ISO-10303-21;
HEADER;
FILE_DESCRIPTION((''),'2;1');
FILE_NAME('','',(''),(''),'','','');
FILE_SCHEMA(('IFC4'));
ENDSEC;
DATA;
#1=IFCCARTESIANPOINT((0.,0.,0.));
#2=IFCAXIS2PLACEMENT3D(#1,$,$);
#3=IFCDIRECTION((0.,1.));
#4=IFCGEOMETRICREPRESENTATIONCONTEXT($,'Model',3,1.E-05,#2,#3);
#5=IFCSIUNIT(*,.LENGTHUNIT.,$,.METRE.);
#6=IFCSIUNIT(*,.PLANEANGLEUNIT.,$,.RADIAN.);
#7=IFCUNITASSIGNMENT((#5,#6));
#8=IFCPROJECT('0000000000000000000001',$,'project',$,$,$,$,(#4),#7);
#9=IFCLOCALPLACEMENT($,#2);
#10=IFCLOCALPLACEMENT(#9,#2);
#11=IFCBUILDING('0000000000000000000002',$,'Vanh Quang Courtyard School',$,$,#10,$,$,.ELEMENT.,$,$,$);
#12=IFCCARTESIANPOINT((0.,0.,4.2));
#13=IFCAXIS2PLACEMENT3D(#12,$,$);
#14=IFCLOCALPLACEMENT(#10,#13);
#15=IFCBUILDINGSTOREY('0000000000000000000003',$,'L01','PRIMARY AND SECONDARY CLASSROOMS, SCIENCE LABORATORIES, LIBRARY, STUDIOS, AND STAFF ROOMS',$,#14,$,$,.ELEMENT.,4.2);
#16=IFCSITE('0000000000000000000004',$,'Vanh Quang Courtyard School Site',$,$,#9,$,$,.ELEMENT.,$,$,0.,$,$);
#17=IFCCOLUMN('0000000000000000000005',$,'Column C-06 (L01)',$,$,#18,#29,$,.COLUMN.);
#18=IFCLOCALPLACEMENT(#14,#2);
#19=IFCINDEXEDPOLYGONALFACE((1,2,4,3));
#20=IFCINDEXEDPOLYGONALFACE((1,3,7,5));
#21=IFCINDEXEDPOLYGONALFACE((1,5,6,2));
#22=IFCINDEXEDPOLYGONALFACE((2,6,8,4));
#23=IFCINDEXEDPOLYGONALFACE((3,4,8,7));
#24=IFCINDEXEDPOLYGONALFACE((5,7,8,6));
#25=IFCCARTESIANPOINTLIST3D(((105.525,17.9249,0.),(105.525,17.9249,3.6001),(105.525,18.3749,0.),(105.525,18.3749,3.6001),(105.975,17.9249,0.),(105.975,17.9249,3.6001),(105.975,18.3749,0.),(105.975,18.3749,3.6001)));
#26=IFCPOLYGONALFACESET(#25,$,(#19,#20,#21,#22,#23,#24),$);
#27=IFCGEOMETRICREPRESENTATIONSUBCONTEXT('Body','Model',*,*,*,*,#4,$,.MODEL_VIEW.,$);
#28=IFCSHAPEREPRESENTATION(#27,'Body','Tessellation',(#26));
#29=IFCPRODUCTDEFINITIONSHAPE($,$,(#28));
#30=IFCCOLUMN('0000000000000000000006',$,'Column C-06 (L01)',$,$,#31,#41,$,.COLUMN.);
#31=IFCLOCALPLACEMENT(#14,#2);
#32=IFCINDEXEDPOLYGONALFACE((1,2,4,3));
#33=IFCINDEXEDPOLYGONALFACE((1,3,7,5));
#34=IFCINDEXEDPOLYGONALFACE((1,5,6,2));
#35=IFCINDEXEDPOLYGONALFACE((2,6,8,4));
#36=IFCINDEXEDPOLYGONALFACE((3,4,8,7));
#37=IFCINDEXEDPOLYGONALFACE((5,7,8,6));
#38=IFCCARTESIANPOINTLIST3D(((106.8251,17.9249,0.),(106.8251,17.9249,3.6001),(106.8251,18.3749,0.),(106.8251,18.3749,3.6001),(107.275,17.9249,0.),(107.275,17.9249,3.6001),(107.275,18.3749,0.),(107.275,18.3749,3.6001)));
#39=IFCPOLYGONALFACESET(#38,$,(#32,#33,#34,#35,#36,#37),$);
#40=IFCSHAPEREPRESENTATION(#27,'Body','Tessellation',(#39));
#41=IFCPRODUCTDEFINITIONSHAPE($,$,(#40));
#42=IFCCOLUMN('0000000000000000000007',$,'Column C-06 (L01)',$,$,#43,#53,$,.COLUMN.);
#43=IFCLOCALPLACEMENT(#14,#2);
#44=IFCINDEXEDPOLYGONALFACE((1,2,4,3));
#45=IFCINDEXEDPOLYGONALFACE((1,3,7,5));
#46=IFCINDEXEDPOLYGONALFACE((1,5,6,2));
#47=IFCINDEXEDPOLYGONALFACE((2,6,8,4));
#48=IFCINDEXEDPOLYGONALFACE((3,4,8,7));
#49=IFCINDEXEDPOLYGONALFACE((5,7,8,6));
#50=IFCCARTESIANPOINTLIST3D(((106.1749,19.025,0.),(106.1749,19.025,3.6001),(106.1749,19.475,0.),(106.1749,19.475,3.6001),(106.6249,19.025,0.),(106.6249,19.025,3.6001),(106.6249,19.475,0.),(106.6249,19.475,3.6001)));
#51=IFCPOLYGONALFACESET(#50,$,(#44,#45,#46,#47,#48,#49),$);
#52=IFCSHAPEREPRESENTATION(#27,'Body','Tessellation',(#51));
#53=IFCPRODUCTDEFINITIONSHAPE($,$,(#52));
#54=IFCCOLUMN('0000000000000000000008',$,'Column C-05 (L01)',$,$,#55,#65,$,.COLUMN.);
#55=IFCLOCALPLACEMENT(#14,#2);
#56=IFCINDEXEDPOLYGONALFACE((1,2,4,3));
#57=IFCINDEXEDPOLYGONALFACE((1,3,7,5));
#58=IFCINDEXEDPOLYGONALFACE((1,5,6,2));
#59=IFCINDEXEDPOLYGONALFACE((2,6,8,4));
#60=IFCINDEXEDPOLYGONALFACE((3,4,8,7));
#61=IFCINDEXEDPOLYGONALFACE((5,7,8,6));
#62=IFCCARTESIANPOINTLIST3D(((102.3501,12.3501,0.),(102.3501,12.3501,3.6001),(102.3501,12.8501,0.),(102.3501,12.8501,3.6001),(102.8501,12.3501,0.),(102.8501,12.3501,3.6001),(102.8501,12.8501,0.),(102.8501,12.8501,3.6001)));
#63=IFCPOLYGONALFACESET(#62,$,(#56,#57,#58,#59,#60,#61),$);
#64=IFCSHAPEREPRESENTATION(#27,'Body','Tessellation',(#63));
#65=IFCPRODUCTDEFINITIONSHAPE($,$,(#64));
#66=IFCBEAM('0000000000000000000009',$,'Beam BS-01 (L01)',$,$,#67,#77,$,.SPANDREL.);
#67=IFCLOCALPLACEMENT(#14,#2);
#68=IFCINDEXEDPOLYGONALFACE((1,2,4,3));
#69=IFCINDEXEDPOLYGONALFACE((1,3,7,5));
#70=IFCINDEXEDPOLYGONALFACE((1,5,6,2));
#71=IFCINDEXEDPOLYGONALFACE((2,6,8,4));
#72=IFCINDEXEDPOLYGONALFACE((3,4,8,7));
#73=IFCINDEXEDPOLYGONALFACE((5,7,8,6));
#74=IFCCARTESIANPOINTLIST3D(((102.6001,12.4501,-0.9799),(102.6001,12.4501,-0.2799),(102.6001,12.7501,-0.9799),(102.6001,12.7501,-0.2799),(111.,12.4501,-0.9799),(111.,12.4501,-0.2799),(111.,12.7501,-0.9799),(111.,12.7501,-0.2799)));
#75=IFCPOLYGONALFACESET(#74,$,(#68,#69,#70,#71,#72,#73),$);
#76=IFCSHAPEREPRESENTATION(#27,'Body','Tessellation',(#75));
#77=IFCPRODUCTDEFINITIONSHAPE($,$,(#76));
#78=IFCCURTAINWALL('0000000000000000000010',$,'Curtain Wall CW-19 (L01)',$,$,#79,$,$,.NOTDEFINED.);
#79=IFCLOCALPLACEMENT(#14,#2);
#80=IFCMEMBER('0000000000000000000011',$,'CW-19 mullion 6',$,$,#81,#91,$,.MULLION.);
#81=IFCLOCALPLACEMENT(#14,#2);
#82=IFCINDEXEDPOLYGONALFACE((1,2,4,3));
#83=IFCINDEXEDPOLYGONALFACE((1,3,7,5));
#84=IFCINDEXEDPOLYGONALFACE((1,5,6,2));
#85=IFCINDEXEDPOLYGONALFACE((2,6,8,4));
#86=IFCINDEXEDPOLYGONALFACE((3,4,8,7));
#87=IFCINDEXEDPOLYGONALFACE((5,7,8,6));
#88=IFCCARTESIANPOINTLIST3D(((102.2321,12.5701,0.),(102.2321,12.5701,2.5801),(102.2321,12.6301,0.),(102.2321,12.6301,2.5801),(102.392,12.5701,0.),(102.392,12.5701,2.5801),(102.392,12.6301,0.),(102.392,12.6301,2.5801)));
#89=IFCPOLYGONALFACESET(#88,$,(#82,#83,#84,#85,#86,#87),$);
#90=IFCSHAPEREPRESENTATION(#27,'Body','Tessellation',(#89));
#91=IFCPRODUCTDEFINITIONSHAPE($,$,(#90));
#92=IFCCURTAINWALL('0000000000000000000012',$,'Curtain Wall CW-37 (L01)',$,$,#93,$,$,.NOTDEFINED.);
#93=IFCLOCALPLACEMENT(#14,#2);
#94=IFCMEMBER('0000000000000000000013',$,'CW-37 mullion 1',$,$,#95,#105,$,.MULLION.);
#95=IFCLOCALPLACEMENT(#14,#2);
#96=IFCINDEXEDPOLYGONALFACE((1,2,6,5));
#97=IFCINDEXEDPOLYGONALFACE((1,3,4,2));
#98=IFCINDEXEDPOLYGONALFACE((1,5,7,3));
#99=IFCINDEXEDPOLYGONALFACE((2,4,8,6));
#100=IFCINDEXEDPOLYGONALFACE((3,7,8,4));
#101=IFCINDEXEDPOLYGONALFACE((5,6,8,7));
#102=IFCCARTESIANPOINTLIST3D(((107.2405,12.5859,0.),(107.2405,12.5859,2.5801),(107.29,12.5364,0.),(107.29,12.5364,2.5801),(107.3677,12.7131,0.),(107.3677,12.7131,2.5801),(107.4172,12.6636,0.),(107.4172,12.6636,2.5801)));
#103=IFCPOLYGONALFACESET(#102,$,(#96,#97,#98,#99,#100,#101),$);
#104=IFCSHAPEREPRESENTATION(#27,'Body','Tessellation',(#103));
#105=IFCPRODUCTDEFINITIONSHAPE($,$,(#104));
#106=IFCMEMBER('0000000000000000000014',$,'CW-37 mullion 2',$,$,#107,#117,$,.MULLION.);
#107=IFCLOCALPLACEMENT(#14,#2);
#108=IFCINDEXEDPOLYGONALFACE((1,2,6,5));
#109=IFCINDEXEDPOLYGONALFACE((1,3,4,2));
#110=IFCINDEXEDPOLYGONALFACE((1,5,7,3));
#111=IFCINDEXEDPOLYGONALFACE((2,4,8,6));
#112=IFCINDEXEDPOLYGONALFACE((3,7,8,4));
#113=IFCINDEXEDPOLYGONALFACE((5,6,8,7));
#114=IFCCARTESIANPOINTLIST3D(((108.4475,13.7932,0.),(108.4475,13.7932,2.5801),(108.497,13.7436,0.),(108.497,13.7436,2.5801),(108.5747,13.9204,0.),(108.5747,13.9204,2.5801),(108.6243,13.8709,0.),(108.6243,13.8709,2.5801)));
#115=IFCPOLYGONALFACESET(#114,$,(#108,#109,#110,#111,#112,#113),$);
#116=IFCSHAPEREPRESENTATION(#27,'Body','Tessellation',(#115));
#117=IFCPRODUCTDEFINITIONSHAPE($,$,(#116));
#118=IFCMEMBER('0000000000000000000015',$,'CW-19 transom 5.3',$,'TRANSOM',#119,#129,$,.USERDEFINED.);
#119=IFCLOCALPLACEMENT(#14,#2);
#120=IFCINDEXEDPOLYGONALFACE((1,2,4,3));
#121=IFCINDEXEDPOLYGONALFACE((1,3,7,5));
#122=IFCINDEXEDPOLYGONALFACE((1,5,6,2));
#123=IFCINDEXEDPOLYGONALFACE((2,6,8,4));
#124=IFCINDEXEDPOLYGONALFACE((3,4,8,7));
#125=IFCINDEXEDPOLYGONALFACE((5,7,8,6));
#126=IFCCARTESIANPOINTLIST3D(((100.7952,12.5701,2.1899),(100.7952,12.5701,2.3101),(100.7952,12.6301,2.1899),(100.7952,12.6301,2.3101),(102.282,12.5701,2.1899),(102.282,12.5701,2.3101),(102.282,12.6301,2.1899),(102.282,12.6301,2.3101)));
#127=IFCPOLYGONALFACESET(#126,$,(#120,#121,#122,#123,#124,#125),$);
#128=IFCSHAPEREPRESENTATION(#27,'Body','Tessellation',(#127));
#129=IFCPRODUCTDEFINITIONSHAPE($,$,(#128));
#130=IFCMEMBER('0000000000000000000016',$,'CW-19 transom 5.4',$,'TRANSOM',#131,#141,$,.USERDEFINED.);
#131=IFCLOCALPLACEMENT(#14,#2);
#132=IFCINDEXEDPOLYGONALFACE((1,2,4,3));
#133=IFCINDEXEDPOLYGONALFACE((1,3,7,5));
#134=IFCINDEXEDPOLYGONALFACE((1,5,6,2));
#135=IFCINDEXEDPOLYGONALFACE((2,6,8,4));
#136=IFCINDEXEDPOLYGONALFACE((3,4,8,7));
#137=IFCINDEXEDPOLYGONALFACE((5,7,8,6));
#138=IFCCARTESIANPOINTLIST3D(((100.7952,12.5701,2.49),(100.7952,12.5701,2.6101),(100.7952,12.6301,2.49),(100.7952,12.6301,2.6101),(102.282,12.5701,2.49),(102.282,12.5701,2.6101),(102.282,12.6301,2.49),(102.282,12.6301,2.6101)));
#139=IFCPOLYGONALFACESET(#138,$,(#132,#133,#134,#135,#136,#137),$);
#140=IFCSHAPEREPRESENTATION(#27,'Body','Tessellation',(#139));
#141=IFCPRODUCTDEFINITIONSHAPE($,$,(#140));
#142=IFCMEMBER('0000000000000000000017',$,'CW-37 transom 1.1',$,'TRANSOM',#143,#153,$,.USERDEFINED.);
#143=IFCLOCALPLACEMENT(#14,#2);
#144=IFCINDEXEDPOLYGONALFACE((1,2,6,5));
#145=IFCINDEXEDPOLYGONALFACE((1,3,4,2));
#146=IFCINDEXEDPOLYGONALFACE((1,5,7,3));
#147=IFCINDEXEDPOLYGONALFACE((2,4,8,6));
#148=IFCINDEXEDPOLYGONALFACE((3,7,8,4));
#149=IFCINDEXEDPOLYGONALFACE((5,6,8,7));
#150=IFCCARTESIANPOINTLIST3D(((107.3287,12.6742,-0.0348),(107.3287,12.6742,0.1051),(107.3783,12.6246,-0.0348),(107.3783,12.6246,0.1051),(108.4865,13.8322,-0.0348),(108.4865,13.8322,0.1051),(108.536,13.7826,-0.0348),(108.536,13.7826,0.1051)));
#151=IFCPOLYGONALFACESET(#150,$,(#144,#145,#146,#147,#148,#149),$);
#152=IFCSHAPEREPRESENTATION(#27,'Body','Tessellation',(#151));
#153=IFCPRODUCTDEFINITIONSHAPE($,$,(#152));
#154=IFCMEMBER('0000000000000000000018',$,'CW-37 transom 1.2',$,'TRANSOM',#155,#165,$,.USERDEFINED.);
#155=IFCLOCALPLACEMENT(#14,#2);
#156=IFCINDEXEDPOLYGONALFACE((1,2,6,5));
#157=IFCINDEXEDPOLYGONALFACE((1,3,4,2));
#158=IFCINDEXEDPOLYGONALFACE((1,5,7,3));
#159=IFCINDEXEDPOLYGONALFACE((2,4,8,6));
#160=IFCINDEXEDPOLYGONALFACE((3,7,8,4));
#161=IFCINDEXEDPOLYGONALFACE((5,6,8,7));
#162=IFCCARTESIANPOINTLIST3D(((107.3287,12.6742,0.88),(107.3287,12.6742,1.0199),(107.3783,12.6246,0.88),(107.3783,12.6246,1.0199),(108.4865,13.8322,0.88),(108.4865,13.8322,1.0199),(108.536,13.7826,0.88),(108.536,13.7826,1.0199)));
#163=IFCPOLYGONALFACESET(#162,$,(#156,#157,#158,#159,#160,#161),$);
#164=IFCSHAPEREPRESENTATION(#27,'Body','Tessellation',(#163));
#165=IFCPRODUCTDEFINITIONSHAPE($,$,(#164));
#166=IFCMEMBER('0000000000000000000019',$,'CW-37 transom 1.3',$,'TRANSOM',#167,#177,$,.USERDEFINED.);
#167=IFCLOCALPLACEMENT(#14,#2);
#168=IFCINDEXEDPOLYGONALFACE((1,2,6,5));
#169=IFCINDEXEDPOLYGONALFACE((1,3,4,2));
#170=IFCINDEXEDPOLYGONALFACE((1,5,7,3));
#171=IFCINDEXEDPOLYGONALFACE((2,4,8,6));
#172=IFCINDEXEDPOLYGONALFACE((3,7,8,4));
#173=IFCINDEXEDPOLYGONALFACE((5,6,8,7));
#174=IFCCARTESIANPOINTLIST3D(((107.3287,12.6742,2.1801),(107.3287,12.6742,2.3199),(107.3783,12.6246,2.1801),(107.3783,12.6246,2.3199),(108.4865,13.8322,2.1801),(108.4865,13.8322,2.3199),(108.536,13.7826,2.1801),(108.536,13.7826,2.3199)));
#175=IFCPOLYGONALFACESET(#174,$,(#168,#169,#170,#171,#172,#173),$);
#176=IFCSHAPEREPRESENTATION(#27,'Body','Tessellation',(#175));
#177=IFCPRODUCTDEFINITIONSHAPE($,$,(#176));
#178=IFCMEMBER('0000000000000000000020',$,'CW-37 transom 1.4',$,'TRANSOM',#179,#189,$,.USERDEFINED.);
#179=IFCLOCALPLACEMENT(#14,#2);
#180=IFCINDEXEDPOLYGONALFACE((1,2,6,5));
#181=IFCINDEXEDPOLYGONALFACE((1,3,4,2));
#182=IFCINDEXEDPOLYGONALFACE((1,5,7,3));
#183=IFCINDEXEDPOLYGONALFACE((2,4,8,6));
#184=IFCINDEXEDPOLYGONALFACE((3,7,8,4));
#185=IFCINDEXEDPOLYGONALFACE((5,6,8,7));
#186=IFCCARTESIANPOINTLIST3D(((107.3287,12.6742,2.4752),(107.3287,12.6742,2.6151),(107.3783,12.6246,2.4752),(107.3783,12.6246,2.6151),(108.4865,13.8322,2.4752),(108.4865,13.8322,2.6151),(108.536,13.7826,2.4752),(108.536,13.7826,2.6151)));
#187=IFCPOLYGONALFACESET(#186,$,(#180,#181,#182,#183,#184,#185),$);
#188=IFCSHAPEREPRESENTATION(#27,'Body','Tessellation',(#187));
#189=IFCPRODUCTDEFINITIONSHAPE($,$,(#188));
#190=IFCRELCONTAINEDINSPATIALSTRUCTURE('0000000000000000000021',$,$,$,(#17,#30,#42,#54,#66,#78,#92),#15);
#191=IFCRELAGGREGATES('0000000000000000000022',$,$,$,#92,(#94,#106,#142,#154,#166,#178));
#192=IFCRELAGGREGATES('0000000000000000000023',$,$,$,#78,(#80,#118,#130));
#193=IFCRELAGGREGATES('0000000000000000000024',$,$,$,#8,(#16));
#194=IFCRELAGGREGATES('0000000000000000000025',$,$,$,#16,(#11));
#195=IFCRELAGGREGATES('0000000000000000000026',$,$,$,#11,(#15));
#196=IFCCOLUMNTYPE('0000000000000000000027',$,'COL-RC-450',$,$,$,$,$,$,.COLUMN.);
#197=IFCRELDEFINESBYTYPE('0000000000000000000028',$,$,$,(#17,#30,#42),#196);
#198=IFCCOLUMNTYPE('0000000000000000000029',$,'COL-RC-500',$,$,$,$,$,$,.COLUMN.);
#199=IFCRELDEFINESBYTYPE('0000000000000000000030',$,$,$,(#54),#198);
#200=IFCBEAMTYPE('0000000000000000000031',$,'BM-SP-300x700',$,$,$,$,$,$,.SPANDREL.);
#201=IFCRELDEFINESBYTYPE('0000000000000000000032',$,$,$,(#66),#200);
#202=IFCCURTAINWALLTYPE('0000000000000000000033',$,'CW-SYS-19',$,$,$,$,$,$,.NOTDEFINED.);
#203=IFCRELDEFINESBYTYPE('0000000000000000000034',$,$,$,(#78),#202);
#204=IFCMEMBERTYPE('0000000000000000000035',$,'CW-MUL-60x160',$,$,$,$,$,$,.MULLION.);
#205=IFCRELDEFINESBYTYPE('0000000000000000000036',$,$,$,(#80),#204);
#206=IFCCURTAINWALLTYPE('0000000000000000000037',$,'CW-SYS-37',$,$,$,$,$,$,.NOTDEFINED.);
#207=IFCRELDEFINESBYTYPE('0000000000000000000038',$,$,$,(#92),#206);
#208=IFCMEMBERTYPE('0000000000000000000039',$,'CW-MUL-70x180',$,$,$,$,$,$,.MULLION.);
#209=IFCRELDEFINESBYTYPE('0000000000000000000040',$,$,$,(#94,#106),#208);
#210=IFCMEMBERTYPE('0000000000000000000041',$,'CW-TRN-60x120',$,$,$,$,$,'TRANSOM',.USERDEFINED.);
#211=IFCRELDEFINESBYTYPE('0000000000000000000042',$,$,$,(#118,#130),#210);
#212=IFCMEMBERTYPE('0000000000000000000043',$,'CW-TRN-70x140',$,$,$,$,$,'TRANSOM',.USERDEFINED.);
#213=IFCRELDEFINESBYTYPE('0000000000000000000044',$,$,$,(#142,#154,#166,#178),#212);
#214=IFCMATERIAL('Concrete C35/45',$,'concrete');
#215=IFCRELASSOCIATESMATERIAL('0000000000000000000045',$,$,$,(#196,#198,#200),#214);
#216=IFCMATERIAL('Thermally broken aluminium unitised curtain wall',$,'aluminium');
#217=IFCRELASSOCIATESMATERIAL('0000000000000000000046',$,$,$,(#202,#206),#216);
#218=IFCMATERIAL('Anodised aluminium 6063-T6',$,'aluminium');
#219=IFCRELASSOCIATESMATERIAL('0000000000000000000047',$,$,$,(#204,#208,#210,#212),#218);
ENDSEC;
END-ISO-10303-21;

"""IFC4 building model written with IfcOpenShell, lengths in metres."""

from ifc_helpers import new_model, si_unit, direction, frame, origin, origin_2d, place, context, subcontext, project, spatial, rectangle, extrude, material, material_profile, profile_set, type_object, element, aggregate, save


model = new_model("IFC4")

# Units and contexts
model_context = context("Model", 3, precision=1e-05, world=origin(), true_north=direction((0.0, 1.0)))
body_context = subcontext(model_context, "Body", "Model", "MODEL_VIEW")
ifc_project = project(units=[si_unit("LENGTHUNIT", "METRE"), si_unit("PLANEANGLEUNIT", "RADIAN")], contexts=[model_context])

# Site, building, storey
site_placement = place(None, origin())
site = spatial("IfcSite", under=ifc_project, at=site_placement, Name="Vanh Quang Courtyard School Site", CompositionType="ELEMENT", RefElevation=0.0)
building_placement = place(site_placement, origin())
building = spatial("IfcBuilding", under=site, at=building_placement, Name="Vanh Quang Courtyard School", CompositionType="ELEMENT")
storey_placement = place(building_placement, frame((0.0, 0.0, 4.2)))
storey = spatial("IfcBuildingStorey", under=building, at=storey_placement, Name="L01", Description="PRIMARY AND SECONDARY CLASSROOMS, SCIENCE LABORATORIES, LIBRARY, STUDIOS, AND STAFF ROOMS", CompositionType="ELEMENT", Elevation=4.2)

# Columns
ifc_material_1 = material(Name="Concrete C35/45", Category="concrete")
ifc_material_profile_1 = material_profile(ifc_material_1, rectangle(XDim=0.45, YDim=0.45, at=origin_2d()), Name="RC-COL 450x450")
ifc_profile_set_1 = profile_set([ifc_material_profile_1], Name="Concrete C35/45")
column_type_1 = type_object("IfcColumnType", Name="COL-RC-450", PredefinedType="COLUMN", material=ifc_profile_set_1)
for number, where, z_axis, x_axis, name in (
    (1, (105.75, 18.1499, 0.0), (0.0, 0.0, 1.0), (1.0, 0.0, 0.0), "Column C-06 (L01)"),
    (2, (107.05, 18.1499, 0.0), (0.0, 0.0, 1.0), (1.0, 0.0, 0.0), "Column C-06 (L01)"),
    (3, (106.3999, 19.25, 0.0), (0.0, 0.0, 1.0), (1.0, 0.0, 0.0), "Column C-06 (L01)"),
):
    element("IfcColumn", number, at=place(storey_placement, frame(where, z_axis=z_axis, x_axis=x_axis)), inside=storey, type_object=column_type_1, Name=name, PredefinedType="COLUMN", context=body_context, shape_type="SweptSolid", body=[
        extrude(rectangle(XDim=0.45, YDim=0.45, at=origin_2d()), origin(), (0.0, 0.0, 1.0), 3.6001),
    ])
ifc_material_profile_2 = material_profile(ifc_material_1, rectangle(XDim=0.5, YDim=0.5, at=origin_2d()), Name="RC-COL 500x500")
ifc_profile_set_2 = profile_set([ifc_material_profile_2], Name="Concrete C35/45")
column_type_2 = type_object("IfcColumnType", Name="COL-RC-500", PredefinedType="COLUMN", material=ifc_profile_set_2)
column_placement = place(storey_placement, frame((102.6001, 12.6001, 0.0), z_axis=(0.0, 0.0, 1.0), x_axis=(1.0, 0.0, 0.0)))
element("IfcColumn", 4, at=column_placement, inside=storey, type_object=column_type_2, Name="Column C-05 (L01)", PredefinedType="COLUMN", context=body_context, shape_type="SweptSolid", body=[
    extrude(rectangle(XDim=0.5, YDim=0.5, at=origin_2d()), origin(), (0.0, 0.0, 1.0), 3.6001),
])

# Beam
ifc_material_profile_3 = material_profile(ifc_material_1, rectangle(XDim=0.3, YDim=0.7, at=origin_2d()), Name="RC-SP 300x700")
ifc_profile_set_3 = profile_set([ifc_material_profile_3], Name="Concrete C35/45")
beam_type_1 = type_object("IfcBeamType", Name="BM-SP-300x700", PredefinedType="SPANDREL", material=ifc_profile_set_3)
beam_1_placement = place(storey_placement, frame((102.6001, 12.6001, -0.6299), z_axis=(1.0, 0.0, 0.0), x_axis=(0.0, 1.0, 0.0)))
element("IfcBeam", 5, at=beam_1_placement, inside=storey, type_object=beam_type_1, Name="Beam BS-01 (L01)", PredefinedType="SPANDREL", context=body_context, shape_type="SweptSolid", body=[
    extrude(rectangle(XDim=0.3, YDim=0.7, at=origin_2d()), origin(), (0.0, 0.0, 1.0), 8.3999),
])

# Curtain wall, member
ifc_material_2 = material(Name="Thermally broken aluminium unitised curtain wall", Category="aluminium")
curtain_wall_type_1 = type_object("IfcCurtainWallType", Name="CW-SYS-19", PredefinedType="NOTDEFINED", material=ifc_material_2)
curtain_wall_1_placement = place(storey_placement, origin())
curtain_wall_1 = element("IfcCurtainWall", 6, at=curtain_wall_1_placement, inside=storey, type_object=curtain_wall_type_1, Name="Curtain Wall CW-19 (L01)", PredefinedType="NOTDEFINED")
ifc_material_3 = material(Name="Anodised aluminium 6063-T6", Category="aluminium")
ifc_material_profile_4 = material_profile(ifc_material_3, rectangle(XDim=0.0601, YDim=0.1599, at=origin_2d()), Name="ALU-MUL 60x160")
ifc_profile_set_4 = profile_set([ifc_material_profile_4], Name="Anodised aluminium 6063-T6")
member_type_1 = type_object("IfcMemberType", Name="CW-MUL-60x160", PredefinedType="MULLION", material=ifc_profile_set_4)
member_1_placement = place(storey_placement, frame((102.312, 12.6001, 0.0), z_axis=(0.0, 0.0, 1.0), x_axis=(0.0, 1.0, 0.0)))
member_1 = element("IfcMember", 7, at=member_1_placement, type_object=member_type_1, Name="CW-19 mullion 6", PredefinedType="MULLION", context=body_context, shape_type="SweptSolid", body=[
    extrude(rectangle(XDim=0.0601, YDim=0.1599, at=origin_2d()), origin(), (0.0, 0.0, 1.0), 2.5801),
])

# Curtain wall, members
curtain_wall_type_2 = type_object("IfcCurtainWallType", Name="CW-SYS-37", PredefinedType="NOTDEFINED", material=ifc_material_2)
curtain_wall_2_placement = place(storey_placement, origin())
curtain_wall_2 = element("IfcCurtainWall", 8, at=curtain_wall_2_placement, inside=storey, type_object=curtain_wall_type_2, Name="Curtain Wall CW-37 (L01)", PredefinedType="NOTDEFINED")
ifc_material_profile_5 = material_profile(ifc_material_3, rectangle(XDim=0.0701, YDim=0.1799, at=origin_2d()), Name="ALU-MUL 70x180")
ifc_profile_set_5 = profile_set([ifc_material_profile_5], Name="Anodised aluminium 6063-T6")
member_type_2 = type_object("IfcMemberType", Name="CW-MUL-70x180", PredefinedType="MULLION", material=ifc_profile_set_5)
member_2_placement = place(storey_placement, frame((107.3289, 12.6248, 0.0), z_axis=(0.0, 0.0, 1.0), x_axis=(-0.707107, 0.707107, 0.0)))
member_2 = element("IfcMember", 9, at=member_2_placement, type_object=member_type_2, Name="CW-37 mullion 1", PredefinedType="MULLION", context=body_context, shape_type="SweptSolid", body=[
    extrude(rectangle(XDim=0.0701, YDim=0.1799, at=origin_2d()), origin(), (0.0, 0.0, 1.0), 2.5801),
])
member_3_placement = place(storey_placement, frame((108.5359, 13.832, 0.0), z_axis=(0.0, 0.0, 1.0), x_axis=(-0.707107, 0.707107, 0.0)))
member_3 = element("IfcMember", 10, at=member_3_placement, type_object=member_type_2, Name="CW-37 mullion 2", PredefinedType="MULLION", context=body_context, shape_type="SweptSolid", body=[
    extrude(rectangle(XDim=0.0701, YDim=0.1799, at=origin_2d()), origin(), (0.0, 0.0, 1.0), 2.5801),
])

# Members
ifc_material_profile_6 = material_profile(ifc_material_3, rectangle(XDim=0.0601, YDim=0.1201, at=origin_2d()), Name="ALU-TRN 60x120")
ifc_profile_set_6 = profile_set([ifc_material_profile_6], Name="Anodised aluminium 6063-T6")
member_type_3 = type_object("IfcMemberType", Name="CW-TRN-60x120", ElementType="TRANSOM", PredefinedType="USERDEFINED", material=ifc_profile_set_6)
member_4_placement = place(storey_placement, frame((100.7952, 12.6001, 2.25), z_axis=(1.0, 0.0, 0.0), x_axis=(0.0, 1.0, 0.0)))
member_4 = element("IfcMember", 11, at=member_4_placement, type_object=member_type_3, Name="CW-19 transom 5.3", ObjectType="TRANSOM", PredefinedType="USERDEFINED", context=body_context, shape_type="SweptSolid", body=[
    extrude(rectangle(XDim=0.0601, YDim=0.1201, at=origin_2d()), origin(), (0.0, 0.0, 1.0), 1.4868),
])
member_5_placement = place(storey_placement, frame((100.7952, 12.6001, 2.55), z_axis=(1.0, 0.0, 0.0), x_axis=(0.0, 1.0, 0.0)))
member_5 = element("IfcMember", 12, at=member_5_placement, type_object=member_type_3, Name="CW-19 transom 5.4", ObjectType="TRANSOM", PredefinedType="USERDEFINED", context=body_context, shape_type="SweptSolid", body=[
    extrude(rectangle(XDim=0.0601, YDim=0.1201, at=origin_2d()), origin(), (0.0, 0.0, 1.0), 1.4868),
])
ifc_material_profile_7 = material_profile(ifc_material_3, rectangle(XDim=0.0701, YDim=0.1399, at=origin_2d()), Name="ALU-TRN 70x140")
ifc_profile_set_7 = profile_set([ifc_material_profile_7], Name="Anodised aluminium 6063-T6")
member_type_4 = type_object("IfcMemberType", Name="CW-TRN-70x140", ElementType="TRANSOM", PredefinedType="USERDEFINED", material=ifc_profile_set_7)
member_6_placement = place(storey_placement, frame((107.3535, 12.6494, 0.0352), z_axis=(0.707032, 0.707181, 0.0), x_axis=(-0.707181, 0.707032, 0.0)))
member_6 = element("IfcMember", 13, at=member_6_placement, type_object=member_type_4, Name="CW-37 transom 1.1", ObjectType="TRANSOM", PredefinedType="USERDEFINED", context=body_context, shape_type="SweptSolid", body=[
    extrude(rectangle(XDim=0.0701, YDim=0.1399, at=origin_2d()), origin(), (0.0, 0.0, 1.0), 1.6375),
])
member_7_placement = place(storey_placement, frame((107.3535, 12.6494, 0.95), z_axis=(0.707032, 0.707181, 0.0), x_axis=(-0.707181, 0.707032, 0.0)))
member_7 = element("IfcMember", 14, at=member_7_placement, type_object=member_type_4, Name="CW-37 transom 1.2", ObjectType="TRANSOM", PredefinedType="USERDEFINED", context=body_context, shape_type="SweptSolid", body=[
    extrude(rectangle(XDim=0.0701, YDim=0.1399, at=origin_2d()), origin(), (0.0, 0.0, 1.0), 1.6375),
])
member_8_placement = place(storey_placement, frame((107.3535, 12.6494, 2.25), z_axis=(0.707032, 0.707181, 0.0), x_axis=(-0.707181, 0.707032, 0.0)))
member_8 = element("IfcMember", 15, at=member_8_placement, type_object=member_type_4, Name="CW-37 transom 1.3", ObjectType="TRANSOM", PredefinedType="USERDEFINED", context=body_context, shape_type="SweptSolid", body=[
    extrude(rectangle(XDim=0.0701, YDim=0.1399, at=origin_2d()), origin(), (0.0, 0.0, 1.0), 1.6375),
])
member_9_placement = place(storey_placement, frame((107.3535, 12.6494, 2.5452), z_axis=(0.707032, 0.707181, 0.0), x_axis=(-0.707181, 0.707032, 0.0)))
member_9 = element("IfcMember", 16, at=member_9_placement, type_object=member_type_4, Name="CW-37 transom 1.4", ObjectType="TRANSOM", PredefinedType="USERDEFINED", context=body_context, shape_type="SweptSolid", body=[
    extrude(rectangle(XDim=0.0701, YDim=0.1399, at=origin_2d()), origin(), (0.0, 0.0, 1.0), 1.6375),
])

aggregate(curtain_wall_2, [member_2, member_3, member_6, member_7, member_8, member_9])
aggregate(curtain_wall_1, [member_1, member_4, member_5])

save(model, "model.ifc")
